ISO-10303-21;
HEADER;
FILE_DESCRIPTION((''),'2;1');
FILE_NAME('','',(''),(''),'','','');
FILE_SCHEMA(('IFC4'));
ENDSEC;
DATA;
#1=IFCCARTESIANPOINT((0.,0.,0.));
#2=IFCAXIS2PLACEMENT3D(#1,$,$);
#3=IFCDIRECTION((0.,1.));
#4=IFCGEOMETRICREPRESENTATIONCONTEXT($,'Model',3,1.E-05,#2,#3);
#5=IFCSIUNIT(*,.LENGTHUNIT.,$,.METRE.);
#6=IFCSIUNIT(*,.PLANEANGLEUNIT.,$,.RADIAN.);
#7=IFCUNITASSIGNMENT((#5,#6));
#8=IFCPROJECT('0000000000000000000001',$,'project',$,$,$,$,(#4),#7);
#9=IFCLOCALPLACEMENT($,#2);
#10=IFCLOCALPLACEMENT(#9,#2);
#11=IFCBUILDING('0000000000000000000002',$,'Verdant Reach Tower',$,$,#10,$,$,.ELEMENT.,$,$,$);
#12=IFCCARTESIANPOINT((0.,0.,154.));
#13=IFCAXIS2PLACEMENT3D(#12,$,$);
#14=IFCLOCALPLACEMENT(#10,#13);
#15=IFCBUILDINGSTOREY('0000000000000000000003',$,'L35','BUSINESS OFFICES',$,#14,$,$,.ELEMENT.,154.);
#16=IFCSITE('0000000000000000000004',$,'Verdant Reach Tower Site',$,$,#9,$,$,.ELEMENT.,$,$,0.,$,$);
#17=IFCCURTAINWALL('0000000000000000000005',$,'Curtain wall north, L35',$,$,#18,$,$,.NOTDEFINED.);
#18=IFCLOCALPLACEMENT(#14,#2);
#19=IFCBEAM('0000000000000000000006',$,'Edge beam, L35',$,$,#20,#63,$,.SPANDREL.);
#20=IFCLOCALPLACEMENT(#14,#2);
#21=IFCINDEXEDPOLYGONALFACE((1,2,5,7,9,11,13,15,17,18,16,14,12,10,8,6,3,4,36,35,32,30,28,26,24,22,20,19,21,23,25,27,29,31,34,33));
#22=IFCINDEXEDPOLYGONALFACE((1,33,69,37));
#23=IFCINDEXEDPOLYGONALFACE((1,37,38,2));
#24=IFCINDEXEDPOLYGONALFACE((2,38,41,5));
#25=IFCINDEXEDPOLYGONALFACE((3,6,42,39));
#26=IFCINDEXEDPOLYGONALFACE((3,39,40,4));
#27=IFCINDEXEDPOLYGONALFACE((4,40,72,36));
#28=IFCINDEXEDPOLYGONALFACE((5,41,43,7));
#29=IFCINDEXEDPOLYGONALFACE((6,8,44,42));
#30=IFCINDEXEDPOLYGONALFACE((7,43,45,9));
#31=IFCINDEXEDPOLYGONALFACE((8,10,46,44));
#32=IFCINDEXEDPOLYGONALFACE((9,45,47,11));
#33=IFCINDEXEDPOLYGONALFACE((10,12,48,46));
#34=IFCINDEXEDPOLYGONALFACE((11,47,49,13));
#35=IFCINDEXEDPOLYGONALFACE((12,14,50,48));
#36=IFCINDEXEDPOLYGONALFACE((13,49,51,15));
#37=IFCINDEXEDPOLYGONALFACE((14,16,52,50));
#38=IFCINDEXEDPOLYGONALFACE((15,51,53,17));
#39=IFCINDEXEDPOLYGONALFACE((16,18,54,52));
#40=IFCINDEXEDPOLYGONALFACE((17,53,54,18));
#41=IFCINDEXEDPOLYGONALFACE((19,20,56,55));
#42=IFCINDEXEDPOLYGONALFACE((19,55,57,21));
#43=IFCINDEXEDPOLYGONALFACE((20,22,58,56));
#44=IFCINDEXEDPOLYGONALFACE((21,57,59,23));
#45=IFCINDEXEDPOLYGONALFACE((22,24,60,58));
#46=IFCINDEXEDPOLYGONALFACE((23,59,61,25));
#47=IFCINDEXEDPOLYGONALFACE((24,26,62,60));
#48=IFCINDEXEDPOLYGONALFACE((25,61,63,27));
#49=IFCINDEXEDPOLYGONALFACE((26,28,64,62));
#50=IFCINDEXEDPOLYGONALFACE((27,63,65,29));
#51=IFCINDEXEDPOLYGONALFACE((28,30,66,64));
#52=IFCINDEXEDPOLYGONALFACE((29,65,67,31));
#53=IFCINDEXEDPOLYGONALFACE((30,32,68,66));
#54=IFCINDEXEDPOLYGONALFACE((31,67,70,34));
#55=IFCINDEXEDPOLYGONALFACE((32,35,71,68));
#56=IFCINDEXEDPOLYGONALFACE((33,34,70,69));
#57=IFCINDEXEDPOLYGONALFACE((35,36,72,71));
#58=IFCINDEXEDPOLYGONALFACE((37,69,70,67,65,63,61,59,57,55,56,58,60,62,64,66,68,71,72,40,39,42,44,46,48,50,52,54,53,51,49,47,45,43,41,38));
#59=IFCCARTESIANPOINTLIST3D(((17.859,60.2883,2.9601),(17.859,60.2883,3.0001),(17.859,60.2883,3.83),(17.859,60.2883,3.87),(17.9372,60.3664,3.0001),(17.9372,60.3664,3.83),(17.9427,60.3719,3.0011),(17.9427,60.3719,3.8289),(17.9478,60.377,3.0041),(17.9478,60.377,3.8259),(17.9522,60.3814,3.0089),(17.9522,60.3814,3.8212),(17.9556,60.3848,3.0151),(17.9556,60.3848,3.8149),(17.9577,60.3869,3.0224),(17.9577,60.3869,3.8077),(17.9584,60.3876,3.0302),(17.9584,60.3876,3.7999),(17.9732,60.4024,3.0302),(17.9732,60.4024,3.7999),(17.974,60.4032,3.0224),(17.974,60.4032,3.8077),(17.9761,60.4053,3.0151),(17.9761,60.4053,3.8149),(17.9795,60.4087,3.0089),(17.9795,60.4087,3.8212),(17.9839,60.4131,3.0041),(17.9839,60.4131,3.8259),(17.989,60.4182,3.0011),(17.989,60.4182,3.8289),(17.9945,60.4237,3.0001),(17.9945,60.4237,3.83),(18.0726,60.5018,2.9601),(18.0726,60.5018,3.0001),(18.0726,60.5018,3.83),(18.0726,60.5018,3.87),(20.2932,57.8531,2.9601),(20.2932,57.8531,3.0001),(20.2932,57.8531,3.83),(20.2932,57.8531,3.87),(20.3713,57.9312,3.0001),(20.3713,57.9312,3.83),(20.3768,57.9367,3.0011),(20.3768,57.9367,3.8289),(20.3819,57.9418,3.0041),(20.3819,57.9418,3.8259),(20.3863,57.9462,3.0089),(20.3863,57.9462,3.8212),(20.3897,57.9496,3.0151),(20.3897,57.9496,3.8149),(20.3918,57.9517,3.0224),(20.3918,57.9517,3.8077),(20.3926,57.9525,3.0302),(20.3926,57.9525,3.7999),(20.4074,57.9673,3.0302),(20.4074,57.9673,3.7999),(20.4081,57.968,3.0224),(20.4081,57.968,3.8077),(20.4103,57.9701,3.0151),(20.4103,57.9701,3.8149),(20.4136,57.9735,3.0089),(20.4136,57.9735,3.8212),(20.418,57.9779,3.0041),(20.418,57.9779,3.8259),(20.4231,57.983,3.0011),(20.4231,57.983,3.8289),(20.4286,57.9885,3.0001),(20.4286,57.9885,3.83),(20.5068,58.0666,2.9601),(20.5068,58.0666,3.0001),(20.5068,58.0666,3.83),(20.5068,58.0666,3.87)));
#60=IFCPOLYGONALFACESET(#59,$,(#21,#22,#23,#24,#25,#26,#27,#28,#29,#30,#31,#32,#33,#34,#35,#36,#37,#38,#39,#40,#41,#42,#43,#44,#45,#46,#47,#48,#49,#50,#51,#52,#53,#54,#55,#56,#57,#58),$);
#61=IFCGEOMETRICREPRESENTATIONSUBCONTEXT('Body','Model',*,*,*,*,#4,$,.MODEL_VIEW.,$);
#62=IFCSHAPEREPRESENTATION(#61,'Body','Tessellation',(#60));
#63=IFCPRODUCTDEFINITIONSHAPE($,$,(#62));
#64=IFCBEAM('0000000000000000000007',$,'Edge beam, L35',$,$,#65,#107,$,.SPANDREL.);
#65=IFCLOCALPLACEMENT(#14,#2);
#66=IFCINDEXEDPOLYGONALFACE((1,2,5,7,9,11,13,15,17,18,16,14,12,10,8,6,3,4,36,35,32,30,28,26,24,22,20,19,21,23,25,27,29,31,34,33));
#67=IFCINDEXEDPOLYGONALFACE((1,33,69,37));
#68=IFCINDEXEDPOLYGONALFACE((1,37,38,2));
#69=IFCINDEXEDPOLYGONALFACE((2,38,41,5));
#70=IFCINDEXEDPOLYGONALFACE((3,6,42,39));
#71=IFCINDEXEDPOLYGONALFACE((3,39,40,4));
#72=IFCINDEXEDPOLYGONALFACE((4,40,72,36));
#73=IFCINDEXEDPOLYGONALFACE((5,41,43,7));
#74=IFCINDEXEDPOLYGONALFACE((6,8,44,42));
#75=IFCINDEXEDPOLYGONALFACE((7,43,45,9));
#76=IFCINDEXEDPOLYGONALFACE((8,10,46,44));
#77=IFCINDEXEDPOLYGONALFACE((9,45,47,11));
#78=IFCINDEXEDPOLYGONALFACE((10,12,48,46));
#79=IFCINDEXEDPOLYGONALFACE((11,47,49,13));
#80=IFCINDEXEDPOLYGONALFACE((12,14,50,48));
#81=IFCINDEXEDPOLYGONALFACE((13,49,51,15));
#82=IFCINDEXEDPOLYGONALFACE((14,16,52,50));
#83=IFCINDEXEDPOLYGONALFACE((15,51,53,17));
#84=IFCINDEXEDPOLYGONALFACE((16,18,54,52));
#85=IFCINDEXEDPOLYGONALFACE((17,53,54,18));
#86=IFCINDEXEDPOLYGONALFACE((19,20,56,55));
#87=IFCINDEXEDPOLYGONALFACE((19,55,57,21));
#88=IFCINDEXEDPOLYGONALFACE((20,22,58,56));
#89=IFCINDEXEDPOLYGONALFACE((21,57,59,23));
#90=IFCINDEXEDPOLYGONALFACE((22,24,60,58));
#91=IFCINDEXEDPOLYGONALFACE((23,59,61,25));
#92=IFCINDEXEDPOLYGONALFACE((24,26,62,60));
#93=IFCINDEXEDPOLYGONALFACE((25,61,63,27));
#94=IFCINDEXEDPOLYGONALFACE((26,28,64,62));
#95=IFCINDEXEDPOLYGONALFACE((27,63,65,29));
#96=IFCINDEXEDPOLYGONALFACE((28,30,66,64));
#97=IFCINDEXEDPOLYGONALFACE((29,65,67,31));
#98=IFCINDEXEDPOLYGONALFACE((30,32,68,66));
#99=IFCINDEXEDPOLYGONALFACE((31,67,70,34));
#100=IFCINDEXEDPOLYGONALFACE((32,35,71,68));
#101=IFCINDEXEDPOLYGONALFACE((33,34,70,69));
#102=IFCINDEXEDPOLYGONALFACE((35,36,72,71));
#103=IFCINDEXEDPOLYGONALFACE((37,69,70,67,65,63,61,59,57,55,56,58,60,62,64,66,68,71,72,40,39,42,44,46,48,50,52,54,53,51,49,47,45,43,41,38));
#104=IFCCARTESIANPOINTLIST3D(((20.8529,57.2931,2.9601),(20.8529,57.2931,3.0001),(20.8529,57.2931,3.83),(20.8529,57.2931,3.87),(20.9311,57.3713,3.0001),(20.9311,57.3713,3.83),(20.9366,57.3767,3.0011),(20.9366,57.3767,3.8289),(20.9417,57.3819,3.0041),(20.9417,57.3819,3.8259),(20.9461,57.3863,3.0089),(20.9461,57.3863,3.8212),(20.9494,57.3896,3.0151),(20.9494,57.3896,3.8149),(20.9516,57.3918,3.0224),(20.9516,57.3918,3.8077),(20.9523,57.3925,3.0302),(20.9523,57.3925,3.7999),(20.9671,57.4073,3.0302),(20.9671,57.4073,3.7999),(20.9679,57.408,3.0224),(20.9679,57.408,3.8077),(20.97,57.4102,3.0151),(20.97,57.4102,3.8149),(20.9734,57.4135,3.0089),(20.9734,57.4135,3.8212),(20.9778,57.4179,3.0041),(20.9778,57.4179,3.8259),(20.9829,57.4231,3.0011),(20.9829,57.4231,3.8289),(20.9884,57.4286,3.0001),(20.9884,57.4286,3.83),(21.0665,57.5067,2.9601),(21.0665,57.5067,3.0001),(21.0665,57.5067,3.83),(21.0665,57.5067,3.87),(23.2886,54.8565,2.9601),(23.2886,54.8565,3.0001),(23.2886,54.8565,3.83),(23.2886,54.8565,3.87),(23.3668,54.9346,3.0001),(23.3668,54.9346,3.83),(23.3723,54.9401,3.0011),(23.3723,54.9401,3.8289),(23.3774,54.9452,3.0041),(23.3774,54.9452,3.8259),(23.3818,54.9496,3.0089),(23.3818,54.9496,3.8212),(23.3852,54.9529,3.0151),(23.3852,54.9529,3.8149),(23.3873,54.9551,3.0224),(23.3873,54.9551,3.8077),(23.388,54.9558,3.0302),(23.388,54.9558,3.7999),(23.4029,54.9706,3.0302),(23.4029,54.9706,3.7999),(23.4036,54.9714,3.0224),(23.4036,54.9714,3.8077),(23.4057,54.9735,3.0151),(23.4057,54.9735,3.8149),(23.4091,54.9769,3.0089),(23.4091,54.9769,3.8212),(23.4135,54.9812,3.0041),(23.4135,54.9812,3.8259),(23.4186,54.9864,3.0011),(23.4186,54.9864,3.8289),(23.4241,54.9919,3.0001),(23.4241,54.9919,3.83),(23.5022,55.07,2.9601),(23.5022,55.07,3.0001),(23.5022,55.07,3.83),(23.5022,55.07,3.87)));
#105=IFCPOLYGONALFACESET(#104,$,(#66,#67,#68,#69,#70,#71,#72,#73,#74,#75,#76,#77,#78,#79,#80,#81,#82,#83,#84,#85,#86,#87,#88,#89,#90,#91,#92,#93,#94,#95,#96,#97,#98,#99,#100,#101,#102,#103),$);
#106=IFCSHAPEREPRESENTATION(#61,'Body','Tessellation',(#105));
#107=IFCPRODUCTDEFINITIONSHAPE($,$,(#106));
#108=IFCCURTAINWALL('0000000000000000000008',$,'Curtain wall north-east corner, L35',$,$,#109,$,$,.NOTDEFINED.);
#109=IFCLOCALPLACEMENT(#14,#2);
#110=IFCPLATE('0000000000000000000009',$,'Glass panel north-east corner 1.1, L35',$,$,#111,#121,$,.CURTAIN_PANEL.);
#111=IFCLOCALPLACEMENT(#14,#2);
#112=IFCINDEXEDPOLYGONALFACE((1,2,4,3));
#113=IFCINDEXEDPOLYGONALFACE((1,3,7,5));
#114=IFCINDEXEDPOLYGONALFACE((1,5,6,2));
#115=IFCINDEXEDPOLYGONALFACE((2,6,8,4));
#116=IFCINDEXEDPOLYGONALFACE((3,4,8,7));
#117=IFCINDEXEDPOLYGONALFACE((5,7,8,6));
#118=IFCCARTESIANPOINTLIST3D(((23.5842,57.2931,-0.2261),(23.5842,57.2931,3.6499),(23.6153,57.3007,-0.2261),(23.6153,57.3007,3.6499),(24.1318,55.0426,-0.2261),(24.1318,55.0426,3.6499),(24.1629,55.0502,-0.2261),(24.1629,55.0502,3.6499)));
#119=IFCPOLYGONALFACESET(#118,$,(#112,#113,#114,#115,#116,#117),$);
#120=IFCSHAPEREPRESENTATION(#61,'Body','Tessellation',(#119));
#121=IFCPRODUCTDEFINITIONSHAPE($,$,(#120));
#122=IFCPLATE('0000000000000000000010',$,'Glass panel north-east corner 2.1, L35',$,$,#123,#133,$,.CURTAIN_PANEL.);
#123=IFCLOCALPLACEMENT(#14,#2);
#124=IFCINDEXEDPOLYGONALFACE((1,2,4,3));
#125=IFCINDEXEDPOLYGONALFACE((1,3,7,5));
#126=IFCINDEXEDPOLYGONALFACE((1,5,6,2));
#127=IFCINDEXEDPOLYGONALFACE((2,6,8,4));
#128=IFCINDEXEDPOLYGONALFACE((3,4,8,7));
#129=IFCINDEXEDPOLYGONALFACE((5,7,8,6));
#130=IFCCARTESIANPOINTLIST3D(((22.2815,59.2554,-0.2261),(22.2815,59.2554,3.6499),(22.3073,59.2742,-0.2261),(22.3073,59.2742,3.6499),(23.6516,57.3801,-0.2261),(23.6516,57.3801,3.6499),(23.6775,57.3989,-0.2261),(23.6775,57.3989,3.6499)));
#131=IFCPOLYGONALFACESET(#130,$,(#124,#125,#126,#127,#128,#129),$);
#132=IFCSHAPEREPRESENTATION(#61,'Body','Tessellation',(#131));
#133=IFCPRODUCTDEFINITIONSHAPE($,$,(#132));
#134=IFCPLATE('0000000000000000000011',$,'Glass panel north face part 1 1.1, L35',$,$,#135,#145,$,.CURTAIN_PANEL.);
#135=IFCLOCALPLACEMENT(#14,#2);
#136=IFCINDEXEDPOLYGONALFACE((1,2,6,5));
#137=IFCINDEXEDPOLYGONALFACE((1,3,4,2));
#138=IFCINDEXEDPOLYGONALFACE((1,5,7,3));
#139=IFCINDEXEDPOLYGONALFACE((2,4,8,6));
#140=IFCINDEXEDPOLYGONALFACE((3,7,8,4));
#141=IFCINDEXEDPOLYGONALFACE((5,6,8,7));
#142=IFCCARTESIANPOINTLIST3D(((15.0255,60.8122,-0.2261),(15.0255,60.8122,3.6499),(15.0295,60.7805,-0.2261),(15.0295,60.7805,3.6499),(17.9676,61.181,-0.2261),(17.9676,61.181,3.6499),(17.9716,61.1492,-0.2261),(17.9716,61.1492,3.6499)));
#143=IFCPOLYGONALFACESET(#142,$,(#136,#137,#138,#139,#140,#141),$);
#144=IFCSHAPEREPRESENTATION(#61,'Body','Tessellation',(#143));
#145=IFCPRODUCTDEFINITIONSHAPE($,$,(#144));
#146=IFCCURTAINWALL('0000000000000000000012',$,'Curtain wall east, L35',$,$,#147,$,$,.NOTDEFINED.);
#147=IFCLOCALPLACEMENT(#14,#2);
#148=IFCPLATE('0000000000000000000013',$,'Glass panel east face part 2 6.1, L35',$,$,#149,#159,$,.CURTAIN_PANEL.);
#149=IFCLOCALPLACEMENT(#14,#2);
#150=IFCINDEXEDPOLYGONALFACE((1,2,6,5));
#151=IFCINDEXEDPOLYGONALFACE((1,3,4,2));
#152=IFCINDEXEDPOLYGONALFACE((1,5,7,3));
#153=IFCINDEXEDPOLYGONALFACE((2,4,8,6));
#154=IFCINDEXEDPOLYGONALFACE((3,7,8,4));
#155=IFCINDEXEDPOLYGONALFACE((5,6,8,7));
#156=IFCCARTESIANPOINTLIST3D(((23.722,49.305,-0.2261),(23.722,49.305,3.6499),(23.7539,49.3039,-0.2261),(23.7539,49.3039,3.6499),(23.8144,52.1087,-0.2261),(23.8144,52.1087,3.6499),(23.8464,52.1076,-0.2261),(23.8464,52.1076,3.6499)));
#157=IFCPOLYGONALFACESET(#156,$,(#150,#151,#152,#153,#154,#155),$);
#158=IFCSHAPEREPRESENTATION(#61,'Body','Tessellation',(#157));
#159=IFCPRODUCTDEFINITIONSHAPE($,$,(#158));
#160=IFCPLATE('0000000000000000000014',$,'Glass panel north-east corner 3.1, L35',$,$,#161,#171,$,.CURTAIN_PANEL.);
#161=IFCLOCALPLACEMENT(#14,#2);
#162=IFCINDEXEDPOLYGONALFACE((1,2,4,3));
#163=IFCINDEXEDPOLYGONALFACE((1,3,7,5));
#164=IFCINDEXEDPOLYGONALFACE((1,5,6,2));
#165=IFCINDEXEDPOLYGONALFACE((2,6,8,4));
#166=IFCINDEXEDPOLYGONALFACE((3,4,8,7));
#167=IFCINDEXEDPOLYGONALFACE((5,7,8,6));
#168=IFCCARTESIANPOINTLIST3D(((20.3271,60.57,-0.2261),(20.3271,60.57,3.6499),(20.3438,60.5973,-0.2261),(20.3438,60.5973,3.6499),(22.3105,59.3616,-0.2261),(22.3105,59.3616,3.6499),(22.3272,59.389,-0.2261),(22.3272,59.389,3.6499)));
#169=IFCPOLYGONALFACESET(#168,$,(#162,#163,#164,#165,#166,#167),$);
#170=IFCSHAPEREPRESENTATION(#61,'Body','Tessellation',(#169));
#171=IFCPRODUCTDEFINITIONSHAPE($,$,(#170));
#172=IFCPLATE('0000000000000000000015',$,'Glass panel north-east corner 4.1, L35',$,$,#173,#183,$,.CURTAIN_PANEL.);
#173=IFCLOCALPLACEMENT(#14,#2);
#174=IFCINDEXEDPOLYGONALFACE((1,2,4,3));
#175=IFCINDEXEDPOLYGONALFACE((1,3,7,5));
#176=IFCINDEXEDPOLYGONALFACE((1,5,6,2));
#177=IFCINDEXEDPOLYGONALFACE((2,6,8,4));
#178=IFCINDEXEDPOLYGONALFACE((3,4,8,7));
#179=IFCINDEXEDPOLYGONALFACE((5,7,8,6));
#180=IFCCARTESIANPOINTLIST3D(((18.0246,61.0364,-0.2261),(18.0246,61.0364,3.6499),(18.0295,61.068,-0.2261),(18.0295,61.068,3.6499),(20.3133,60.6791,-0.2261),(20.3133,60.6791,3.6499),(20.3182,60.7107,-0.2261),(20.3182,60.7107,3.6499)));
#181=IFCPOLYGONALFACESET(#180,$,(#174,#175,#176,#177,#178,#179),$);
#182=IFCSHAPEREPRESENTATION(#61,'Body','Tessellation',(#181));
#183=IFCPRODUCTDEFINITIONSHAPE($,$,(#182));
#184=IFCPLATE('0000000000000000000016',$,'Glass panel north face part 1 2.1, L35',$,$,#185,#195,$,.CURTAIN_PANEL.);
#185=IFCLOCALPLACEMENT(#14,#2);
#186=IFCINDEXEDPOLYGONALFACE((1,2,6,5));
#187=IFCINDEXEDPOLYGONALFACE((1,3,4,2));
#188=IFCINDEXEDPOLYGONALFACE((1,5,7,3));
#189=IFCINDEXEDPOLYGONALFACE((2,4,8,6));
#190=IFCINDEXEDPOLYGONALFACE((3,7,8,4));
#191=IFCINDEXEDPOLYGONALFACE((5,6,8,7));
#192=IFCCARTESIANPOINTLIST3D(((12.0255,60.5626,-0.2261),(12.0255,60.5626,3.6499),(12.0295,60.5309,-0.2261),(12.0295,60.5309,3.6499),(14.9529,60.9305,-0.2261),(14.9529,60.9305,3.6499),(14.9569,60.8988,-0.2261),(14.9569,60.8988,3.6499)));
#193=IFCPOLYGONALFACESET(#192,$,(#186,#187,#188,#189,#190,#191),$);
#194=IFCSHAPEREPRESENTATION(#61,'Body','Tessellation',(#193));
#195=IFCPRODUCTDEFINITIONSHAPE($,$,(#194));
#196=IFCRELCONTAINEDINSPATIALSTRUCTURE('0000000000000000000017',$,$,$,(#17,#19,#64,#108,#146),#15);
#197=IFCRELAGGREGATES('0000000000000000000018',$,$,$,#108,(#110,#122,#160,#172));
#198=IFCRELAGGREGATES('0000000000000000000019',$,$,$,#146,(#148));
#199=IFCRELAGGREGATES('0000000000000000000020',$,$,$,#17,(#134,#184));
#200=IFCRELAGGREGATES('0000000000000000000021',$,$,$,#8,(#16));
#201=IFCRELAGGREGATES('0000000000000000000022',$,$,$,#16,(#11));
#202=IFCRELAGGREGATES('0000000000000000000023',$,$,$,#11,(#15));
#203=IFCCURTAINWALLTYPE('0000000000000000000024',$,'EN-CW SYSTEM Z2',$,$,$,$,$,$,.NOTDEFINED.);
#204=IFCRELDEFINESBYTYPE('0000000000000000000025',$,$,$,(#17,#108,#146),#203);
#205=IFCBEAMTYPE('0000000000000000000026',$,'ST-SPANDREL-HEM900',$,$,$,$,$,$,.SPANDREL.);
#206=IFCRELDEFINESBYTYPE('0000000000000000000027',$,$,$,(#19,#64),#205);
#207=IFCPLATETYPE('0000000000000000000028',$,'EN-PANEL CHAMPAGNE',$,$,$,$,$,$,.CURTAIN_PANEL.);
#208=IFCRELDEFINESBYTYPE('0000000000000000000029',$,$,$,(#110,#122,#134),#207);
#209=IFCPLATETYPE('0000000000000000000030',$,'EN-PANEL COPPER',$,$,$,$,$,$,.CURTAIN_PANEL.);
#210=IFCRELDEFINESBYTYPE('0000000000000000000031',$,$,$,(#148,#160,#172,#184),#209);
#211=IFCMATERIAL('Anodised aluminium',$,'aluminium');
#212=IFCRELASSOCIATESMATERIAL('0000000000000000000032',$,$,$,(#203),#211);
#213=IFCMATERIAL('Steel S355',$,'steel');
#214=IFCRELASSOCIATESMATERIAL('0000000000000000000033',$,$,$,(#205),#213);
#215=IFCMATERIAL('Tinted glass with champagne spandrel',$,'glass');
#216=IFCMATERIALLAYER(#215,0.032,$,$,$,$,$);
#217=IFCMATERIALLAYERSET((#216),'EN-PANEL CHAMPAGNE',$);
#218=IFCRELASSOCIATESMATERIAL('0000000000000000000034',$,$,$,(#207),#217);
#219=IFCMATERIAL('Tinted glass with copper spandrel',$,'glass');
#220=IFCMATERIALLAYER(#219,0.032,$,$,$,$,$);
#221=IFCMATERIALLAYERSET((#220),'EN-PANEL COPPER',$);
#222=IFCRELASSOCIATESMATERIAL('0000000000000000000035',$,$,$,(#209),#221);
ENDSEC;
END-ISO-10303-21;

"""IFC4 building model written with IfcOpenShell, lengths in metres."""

from ifc_helpers import new_model, si_unit, direction, frame, origin, origin_2d, place, context, subcontext, project, spatial, rectangle, i_section, extrude, material, layer, layer_set, material_profile, profile_set, type_object, element, aggregate, save


model = new_model("IFC4")

# Units and contexts
model_context = context("Model", 3, precision=1e-05, world=origin(), true_north=direction((0.0, 1.0)))
body_context = subcontext(model_context, "Body", "Model", "MODEL_VIEW")
ifc_project = project(units=[si_unit("LENGTHUNIT", "METRE"), si_unit("PLANEANGLEUNIT", "RADIAN")], contexts=[model_context])

# Site, building, storey
site_placement = place(None, origin())
site = spatial("IfcSite", under=ifc_project, at=site_placement, Name="Verdant Reach Tower Site", CompositionType="ELEMENT", RefElevation=0.0)
building_placement = place(site_placement, origin())
building = spatial("IfcBuilding", under=site, at=building_placement, Name="Verdant Reach Tower", CompositionType="ELEMENT")
storey_placement = place(building_placement, frame((0.0, 0.0, 154.0)))
storey = spatial("IfcBuildingStorey", under=building, at=storey_placement, Name="L35", Description="BUSINESS OFFICES", CompositionType="ELEMENT", Elevation=154.0)

# Curtain wall
ifc_material_1 = material(Name="Anodised aluminium", Category="aluminium")
curtain_wall_type = type_object("IfcCurtainWallType", Name="EN-CW SYSTEM Z2", PredefinedType="NOTDEFINED", material=ifc_material_1)
curtain_wall_1_placement = place(storey_placement, origin())
curtain_wall_1 = element("IfcCurtainWall", 1, at=curtain_wall_1_placement, inside=storey, type_object=curtain_wall_type, Name="Curtain wall north, L35", PredefinedType="NOTDEFINED")

# Beams
ifc_material_2 = material(Name="Steel S355", Category="steel")
ifc_material_profile_1 = material_profile(ifc_material_2, i_section(OverallWidth=0.302, OverallDepth=0.9099, WebThickness=0.021, FlangeThickness=0.04, FilletRadius=0.03, at=origin_2d()), Name="HEM 900")
ifc_profile_set_1 = profile_set([ifc_material_profile_1], Name="Steel S355")
beam_type_1 = type_object("IfcBeamType", Name="ST-SPANDREL-HEM900", PredefinedType="SPANDREL", material=ifc_profile_set_1)
beam_1_placement = place(storey_placement, frame((17.9658, 60.395, 3.415), z_axis=(0.706965, -0.707249, 0.0), x_axis=(0.707249, 0.706965, 0.0)))
element("IfcBeam", 2, at=beam_1_placement, inside=storey, type_object=beam_type_1, Name="Edge beam, L35", PredefinedType="SPANDREL", context=body_context, shape_type="SweptSolid", body=[
    extrude(i_section(OverallWidth=0.302, OverallDepth=0.9099, WebThickness=0.021, FlangeThickness=0.04, FilletRadius=0.03, at=origin_2d()), origin(), (0.0, 0.0, 1.0), 3.4431),
])
beam_2_placement = place(storey_placement, frame((20.9597, 57.3999, 3.415), z_axis=(0.706965, -0.707248, 0.0), x_axis=(0.707248, 0.706965, 0.0)))
element("IfcBeam", 3, at=beam_2_placement, inside=storey, type_object=beam_type_1, Name="Edge beam, L35", PredefinedType="SPANDREL", context=body_context, shape_type="SweptSolid", body=[
    extrude(i_section(OverallWidth=0.302, OverallDepth=0.9099, WebThickness=0.021, FlangeThickness=0.04, FilletRadius=0.03, at=origin_2d()), origin(), (0.0, 0.0, 1.0), 3.4453),
])

# Curtain wall, plates
curtain_wall_2_placement = place(storey_placement, origin())
curtain_wall_2 = element("IfcCurtainWall", 4, at=curtain_wall_2_placement, inside=storey, type_object=curtain_wall_type, Name="Curtain wall north-east corner, L35", PredefinedType="NOTDEFINED")
ifc_material_3 = material(Name="Tinted glass with champagne spandrel", Category="glass")
ifc_layer_1 = layer(ifc_material_3, 0.032)
ifc_layer_set_1 = layer_set([ifc_layer_1], Name="EN-PANEL CHAMPAGNE")
plate_type_1 = type_object("IfcPlateType", Name="EN-PANEL CHAMPAGNE", PredefinedType="CURTAIN_PANEL", material=ifc_layer_set_1)
plate_1_placement = place(storey_placement, frame((23.8735, 56.1716, -0.2261), z_axis=(0.0, 0.0, 1.0), x_axis=(-0.236416, 0.971652, 0.0)))
plate_1 = element("IfcPlate", 5, at=plate_1_placement, type_object=plate_type_1, Name="Glass panel north-east corner 1.1, L35", PredefinedType="CURTAIN_PANEL", context=body_context, shape_type="SweptSolid", body=[
    extrude(rectangle(XDim=2.3162, YDim=0.032, at=origin_2d()), origin(), (0.0, 0.0, 1.0), 3.876),
])
plate_2_placement = place(storey_placement, frame((22.9795, 58.3271, -0.2261), z_axis=(0.0, 0.0, 1.0), x_axis=(-0.589927, 0.807457, 0.0)))
plate_2 = element("IfcPlate", 6, at=plate_2_placement, type_object=plate_type_1, Name="Glass panel north-east corner 2.1, L35", PredefinedType="CURTAIN_PANEL", context=body_context, shape_type="SweptSolid", body=[
    extrude(rectangle(XDim=2.3225, YDim=0.032, at=origin_2d()), origin(), (0.0, 0.0, 1.0), 3.876),
])

# Plate
plate_3_placement = place(storey_placement, frame((16.4985, 60.9807, -0.2261), z_axis=(0.0, 0.0, 1.0), x_axis=(-0.992237, -0.124365, 0.0)))
plate_3 = element("IfcPlate", 7, at=plate_3_placement, type_object=plate_type_1, Name="Glass panel north face part 1 1.1, L35", PredefinedType="CURTAIN_PANEL", context=body_context, shape_type="SweptSolid", body=[
    extrude(rectangle(XDim=2.9651, YDim=0.032, at=origin_2d()), origin(), (0.0, 0.0, 1.0), 3.876),
])

# Curtain wall, plate
curtain_wall_3_placement = place(storey_placement, origin())
curtain_wall_3 = element("IfcCurtainWall", 8, at=curtain_wall_3_placement, inside=storey, type_object=curtain_wall_type, Name="Curtain wall east, L35", PredefinedType="NOTDEFINED")
ifc_material_4 = material(Name="Tinted glass with copper spandrel", Category="glass")
ifc_layer_2 = layer(ifc_material_4, 0.032)
ifc_layer_set_2 = layer_set([ifc_layer_2], Name="EN-PANEL COPPER")
plate_type_2 = type_object("IfcPlateType", Name="EN-PANEL COPPER", PredefinedType="CURTAIN_PANEL", material=ifc_layer_set_2)
plate_4_placement = place(storey_placement, frame((23.7842, 50.7063, -0.2261), z_axis=(0.0, 0.0, 1.0), x_axis=(0.032966, 0.999456, 0.0)))
plate_4 = element("IfcPlate", 9, at=plate_4_placement, type_object=plate_type_2, Name="Glass panel east face part 2 6.1, L35", PredefinedType="CURTAIN_PANEL", context=body_context, shape_type="SweptSolid", body=[
    extrude(rectangle(XDim=2.8052, YDim=0.032, at=origin_2d()), origin(), (0.0, 0.0, 1.0), 3.876),
])

# Plates
plate_5_placement = place(storey_placement, frame((21.3271, 59.9795, -0.2261), z_axis=(0.0, 0.0, 1.0), x_axis=(-0.853989, 0.520292, 0.0)))
plate_5 = element("IfcPlate", 10, at=plate_5_placement, type_object=plate_type_2, Name="Glass panel north-east corner 3.1, L35", PredefinedType="CURTAIN_PANEL", context=body_context, shape_type="SweptSolid", body=[
    extrude(rectangle(XDim=2.3225, YDim=0.032, at=origin_2d()), origin(), (0.0, 0.0, 1.0), 3.876),
])
plate_6_placement = place(storey_placement, frame((19.1714, 60.8735, -0.2261), z_axis=(0.0, 0.0, 1.0), x_axis=(-0.988031, 0.154256, 0.0)))
plate_6 = element("IfcPlate", 11, at=plate_6_placement, type_object=plate_type_2, Name="Glass panel north-east corner 4.1, L35", PredefinedType="CURTAIN_PANEL", context=body_context, shape_type="SweptSolid", body=[
    extrude(rectangle(XDim=2.3164, YDim=0.032, at=origin_2d()), origin(), (0.0, 0.0, 1.0), 3.876),
])
aggregate(curtain_wall_2, [plate_1, plate_2, plate_5, plate_6])
plate_7_placement = place(storey_placement, frame((13.4912, 60.7307, -0.2261), z_axis=(0.0, 0.0, 1.0), x_axis=(-0.992194, -0.124704, 0.0)))
plate_7 = element("IfcPlate", 12, at=plate_7_placement, type_object=plate_type_2, Name="Glass panel north face part 1 2.1, L35", PredefinedType="CURTAIN_PANEL", context=body_context, shape_type="SweptSolid", body=[
    extrude(rectangle(XDim=2.9504, YDim=0.032, at=origin_2d()), origin(), (0.0, 0.0, 1.0), 3.876),
])
aggregate(curtain_wall_3, [plate_4])
aggregate(curtain_wall_1, [plate_3, plate_7])

save(model, "model.ifc")
